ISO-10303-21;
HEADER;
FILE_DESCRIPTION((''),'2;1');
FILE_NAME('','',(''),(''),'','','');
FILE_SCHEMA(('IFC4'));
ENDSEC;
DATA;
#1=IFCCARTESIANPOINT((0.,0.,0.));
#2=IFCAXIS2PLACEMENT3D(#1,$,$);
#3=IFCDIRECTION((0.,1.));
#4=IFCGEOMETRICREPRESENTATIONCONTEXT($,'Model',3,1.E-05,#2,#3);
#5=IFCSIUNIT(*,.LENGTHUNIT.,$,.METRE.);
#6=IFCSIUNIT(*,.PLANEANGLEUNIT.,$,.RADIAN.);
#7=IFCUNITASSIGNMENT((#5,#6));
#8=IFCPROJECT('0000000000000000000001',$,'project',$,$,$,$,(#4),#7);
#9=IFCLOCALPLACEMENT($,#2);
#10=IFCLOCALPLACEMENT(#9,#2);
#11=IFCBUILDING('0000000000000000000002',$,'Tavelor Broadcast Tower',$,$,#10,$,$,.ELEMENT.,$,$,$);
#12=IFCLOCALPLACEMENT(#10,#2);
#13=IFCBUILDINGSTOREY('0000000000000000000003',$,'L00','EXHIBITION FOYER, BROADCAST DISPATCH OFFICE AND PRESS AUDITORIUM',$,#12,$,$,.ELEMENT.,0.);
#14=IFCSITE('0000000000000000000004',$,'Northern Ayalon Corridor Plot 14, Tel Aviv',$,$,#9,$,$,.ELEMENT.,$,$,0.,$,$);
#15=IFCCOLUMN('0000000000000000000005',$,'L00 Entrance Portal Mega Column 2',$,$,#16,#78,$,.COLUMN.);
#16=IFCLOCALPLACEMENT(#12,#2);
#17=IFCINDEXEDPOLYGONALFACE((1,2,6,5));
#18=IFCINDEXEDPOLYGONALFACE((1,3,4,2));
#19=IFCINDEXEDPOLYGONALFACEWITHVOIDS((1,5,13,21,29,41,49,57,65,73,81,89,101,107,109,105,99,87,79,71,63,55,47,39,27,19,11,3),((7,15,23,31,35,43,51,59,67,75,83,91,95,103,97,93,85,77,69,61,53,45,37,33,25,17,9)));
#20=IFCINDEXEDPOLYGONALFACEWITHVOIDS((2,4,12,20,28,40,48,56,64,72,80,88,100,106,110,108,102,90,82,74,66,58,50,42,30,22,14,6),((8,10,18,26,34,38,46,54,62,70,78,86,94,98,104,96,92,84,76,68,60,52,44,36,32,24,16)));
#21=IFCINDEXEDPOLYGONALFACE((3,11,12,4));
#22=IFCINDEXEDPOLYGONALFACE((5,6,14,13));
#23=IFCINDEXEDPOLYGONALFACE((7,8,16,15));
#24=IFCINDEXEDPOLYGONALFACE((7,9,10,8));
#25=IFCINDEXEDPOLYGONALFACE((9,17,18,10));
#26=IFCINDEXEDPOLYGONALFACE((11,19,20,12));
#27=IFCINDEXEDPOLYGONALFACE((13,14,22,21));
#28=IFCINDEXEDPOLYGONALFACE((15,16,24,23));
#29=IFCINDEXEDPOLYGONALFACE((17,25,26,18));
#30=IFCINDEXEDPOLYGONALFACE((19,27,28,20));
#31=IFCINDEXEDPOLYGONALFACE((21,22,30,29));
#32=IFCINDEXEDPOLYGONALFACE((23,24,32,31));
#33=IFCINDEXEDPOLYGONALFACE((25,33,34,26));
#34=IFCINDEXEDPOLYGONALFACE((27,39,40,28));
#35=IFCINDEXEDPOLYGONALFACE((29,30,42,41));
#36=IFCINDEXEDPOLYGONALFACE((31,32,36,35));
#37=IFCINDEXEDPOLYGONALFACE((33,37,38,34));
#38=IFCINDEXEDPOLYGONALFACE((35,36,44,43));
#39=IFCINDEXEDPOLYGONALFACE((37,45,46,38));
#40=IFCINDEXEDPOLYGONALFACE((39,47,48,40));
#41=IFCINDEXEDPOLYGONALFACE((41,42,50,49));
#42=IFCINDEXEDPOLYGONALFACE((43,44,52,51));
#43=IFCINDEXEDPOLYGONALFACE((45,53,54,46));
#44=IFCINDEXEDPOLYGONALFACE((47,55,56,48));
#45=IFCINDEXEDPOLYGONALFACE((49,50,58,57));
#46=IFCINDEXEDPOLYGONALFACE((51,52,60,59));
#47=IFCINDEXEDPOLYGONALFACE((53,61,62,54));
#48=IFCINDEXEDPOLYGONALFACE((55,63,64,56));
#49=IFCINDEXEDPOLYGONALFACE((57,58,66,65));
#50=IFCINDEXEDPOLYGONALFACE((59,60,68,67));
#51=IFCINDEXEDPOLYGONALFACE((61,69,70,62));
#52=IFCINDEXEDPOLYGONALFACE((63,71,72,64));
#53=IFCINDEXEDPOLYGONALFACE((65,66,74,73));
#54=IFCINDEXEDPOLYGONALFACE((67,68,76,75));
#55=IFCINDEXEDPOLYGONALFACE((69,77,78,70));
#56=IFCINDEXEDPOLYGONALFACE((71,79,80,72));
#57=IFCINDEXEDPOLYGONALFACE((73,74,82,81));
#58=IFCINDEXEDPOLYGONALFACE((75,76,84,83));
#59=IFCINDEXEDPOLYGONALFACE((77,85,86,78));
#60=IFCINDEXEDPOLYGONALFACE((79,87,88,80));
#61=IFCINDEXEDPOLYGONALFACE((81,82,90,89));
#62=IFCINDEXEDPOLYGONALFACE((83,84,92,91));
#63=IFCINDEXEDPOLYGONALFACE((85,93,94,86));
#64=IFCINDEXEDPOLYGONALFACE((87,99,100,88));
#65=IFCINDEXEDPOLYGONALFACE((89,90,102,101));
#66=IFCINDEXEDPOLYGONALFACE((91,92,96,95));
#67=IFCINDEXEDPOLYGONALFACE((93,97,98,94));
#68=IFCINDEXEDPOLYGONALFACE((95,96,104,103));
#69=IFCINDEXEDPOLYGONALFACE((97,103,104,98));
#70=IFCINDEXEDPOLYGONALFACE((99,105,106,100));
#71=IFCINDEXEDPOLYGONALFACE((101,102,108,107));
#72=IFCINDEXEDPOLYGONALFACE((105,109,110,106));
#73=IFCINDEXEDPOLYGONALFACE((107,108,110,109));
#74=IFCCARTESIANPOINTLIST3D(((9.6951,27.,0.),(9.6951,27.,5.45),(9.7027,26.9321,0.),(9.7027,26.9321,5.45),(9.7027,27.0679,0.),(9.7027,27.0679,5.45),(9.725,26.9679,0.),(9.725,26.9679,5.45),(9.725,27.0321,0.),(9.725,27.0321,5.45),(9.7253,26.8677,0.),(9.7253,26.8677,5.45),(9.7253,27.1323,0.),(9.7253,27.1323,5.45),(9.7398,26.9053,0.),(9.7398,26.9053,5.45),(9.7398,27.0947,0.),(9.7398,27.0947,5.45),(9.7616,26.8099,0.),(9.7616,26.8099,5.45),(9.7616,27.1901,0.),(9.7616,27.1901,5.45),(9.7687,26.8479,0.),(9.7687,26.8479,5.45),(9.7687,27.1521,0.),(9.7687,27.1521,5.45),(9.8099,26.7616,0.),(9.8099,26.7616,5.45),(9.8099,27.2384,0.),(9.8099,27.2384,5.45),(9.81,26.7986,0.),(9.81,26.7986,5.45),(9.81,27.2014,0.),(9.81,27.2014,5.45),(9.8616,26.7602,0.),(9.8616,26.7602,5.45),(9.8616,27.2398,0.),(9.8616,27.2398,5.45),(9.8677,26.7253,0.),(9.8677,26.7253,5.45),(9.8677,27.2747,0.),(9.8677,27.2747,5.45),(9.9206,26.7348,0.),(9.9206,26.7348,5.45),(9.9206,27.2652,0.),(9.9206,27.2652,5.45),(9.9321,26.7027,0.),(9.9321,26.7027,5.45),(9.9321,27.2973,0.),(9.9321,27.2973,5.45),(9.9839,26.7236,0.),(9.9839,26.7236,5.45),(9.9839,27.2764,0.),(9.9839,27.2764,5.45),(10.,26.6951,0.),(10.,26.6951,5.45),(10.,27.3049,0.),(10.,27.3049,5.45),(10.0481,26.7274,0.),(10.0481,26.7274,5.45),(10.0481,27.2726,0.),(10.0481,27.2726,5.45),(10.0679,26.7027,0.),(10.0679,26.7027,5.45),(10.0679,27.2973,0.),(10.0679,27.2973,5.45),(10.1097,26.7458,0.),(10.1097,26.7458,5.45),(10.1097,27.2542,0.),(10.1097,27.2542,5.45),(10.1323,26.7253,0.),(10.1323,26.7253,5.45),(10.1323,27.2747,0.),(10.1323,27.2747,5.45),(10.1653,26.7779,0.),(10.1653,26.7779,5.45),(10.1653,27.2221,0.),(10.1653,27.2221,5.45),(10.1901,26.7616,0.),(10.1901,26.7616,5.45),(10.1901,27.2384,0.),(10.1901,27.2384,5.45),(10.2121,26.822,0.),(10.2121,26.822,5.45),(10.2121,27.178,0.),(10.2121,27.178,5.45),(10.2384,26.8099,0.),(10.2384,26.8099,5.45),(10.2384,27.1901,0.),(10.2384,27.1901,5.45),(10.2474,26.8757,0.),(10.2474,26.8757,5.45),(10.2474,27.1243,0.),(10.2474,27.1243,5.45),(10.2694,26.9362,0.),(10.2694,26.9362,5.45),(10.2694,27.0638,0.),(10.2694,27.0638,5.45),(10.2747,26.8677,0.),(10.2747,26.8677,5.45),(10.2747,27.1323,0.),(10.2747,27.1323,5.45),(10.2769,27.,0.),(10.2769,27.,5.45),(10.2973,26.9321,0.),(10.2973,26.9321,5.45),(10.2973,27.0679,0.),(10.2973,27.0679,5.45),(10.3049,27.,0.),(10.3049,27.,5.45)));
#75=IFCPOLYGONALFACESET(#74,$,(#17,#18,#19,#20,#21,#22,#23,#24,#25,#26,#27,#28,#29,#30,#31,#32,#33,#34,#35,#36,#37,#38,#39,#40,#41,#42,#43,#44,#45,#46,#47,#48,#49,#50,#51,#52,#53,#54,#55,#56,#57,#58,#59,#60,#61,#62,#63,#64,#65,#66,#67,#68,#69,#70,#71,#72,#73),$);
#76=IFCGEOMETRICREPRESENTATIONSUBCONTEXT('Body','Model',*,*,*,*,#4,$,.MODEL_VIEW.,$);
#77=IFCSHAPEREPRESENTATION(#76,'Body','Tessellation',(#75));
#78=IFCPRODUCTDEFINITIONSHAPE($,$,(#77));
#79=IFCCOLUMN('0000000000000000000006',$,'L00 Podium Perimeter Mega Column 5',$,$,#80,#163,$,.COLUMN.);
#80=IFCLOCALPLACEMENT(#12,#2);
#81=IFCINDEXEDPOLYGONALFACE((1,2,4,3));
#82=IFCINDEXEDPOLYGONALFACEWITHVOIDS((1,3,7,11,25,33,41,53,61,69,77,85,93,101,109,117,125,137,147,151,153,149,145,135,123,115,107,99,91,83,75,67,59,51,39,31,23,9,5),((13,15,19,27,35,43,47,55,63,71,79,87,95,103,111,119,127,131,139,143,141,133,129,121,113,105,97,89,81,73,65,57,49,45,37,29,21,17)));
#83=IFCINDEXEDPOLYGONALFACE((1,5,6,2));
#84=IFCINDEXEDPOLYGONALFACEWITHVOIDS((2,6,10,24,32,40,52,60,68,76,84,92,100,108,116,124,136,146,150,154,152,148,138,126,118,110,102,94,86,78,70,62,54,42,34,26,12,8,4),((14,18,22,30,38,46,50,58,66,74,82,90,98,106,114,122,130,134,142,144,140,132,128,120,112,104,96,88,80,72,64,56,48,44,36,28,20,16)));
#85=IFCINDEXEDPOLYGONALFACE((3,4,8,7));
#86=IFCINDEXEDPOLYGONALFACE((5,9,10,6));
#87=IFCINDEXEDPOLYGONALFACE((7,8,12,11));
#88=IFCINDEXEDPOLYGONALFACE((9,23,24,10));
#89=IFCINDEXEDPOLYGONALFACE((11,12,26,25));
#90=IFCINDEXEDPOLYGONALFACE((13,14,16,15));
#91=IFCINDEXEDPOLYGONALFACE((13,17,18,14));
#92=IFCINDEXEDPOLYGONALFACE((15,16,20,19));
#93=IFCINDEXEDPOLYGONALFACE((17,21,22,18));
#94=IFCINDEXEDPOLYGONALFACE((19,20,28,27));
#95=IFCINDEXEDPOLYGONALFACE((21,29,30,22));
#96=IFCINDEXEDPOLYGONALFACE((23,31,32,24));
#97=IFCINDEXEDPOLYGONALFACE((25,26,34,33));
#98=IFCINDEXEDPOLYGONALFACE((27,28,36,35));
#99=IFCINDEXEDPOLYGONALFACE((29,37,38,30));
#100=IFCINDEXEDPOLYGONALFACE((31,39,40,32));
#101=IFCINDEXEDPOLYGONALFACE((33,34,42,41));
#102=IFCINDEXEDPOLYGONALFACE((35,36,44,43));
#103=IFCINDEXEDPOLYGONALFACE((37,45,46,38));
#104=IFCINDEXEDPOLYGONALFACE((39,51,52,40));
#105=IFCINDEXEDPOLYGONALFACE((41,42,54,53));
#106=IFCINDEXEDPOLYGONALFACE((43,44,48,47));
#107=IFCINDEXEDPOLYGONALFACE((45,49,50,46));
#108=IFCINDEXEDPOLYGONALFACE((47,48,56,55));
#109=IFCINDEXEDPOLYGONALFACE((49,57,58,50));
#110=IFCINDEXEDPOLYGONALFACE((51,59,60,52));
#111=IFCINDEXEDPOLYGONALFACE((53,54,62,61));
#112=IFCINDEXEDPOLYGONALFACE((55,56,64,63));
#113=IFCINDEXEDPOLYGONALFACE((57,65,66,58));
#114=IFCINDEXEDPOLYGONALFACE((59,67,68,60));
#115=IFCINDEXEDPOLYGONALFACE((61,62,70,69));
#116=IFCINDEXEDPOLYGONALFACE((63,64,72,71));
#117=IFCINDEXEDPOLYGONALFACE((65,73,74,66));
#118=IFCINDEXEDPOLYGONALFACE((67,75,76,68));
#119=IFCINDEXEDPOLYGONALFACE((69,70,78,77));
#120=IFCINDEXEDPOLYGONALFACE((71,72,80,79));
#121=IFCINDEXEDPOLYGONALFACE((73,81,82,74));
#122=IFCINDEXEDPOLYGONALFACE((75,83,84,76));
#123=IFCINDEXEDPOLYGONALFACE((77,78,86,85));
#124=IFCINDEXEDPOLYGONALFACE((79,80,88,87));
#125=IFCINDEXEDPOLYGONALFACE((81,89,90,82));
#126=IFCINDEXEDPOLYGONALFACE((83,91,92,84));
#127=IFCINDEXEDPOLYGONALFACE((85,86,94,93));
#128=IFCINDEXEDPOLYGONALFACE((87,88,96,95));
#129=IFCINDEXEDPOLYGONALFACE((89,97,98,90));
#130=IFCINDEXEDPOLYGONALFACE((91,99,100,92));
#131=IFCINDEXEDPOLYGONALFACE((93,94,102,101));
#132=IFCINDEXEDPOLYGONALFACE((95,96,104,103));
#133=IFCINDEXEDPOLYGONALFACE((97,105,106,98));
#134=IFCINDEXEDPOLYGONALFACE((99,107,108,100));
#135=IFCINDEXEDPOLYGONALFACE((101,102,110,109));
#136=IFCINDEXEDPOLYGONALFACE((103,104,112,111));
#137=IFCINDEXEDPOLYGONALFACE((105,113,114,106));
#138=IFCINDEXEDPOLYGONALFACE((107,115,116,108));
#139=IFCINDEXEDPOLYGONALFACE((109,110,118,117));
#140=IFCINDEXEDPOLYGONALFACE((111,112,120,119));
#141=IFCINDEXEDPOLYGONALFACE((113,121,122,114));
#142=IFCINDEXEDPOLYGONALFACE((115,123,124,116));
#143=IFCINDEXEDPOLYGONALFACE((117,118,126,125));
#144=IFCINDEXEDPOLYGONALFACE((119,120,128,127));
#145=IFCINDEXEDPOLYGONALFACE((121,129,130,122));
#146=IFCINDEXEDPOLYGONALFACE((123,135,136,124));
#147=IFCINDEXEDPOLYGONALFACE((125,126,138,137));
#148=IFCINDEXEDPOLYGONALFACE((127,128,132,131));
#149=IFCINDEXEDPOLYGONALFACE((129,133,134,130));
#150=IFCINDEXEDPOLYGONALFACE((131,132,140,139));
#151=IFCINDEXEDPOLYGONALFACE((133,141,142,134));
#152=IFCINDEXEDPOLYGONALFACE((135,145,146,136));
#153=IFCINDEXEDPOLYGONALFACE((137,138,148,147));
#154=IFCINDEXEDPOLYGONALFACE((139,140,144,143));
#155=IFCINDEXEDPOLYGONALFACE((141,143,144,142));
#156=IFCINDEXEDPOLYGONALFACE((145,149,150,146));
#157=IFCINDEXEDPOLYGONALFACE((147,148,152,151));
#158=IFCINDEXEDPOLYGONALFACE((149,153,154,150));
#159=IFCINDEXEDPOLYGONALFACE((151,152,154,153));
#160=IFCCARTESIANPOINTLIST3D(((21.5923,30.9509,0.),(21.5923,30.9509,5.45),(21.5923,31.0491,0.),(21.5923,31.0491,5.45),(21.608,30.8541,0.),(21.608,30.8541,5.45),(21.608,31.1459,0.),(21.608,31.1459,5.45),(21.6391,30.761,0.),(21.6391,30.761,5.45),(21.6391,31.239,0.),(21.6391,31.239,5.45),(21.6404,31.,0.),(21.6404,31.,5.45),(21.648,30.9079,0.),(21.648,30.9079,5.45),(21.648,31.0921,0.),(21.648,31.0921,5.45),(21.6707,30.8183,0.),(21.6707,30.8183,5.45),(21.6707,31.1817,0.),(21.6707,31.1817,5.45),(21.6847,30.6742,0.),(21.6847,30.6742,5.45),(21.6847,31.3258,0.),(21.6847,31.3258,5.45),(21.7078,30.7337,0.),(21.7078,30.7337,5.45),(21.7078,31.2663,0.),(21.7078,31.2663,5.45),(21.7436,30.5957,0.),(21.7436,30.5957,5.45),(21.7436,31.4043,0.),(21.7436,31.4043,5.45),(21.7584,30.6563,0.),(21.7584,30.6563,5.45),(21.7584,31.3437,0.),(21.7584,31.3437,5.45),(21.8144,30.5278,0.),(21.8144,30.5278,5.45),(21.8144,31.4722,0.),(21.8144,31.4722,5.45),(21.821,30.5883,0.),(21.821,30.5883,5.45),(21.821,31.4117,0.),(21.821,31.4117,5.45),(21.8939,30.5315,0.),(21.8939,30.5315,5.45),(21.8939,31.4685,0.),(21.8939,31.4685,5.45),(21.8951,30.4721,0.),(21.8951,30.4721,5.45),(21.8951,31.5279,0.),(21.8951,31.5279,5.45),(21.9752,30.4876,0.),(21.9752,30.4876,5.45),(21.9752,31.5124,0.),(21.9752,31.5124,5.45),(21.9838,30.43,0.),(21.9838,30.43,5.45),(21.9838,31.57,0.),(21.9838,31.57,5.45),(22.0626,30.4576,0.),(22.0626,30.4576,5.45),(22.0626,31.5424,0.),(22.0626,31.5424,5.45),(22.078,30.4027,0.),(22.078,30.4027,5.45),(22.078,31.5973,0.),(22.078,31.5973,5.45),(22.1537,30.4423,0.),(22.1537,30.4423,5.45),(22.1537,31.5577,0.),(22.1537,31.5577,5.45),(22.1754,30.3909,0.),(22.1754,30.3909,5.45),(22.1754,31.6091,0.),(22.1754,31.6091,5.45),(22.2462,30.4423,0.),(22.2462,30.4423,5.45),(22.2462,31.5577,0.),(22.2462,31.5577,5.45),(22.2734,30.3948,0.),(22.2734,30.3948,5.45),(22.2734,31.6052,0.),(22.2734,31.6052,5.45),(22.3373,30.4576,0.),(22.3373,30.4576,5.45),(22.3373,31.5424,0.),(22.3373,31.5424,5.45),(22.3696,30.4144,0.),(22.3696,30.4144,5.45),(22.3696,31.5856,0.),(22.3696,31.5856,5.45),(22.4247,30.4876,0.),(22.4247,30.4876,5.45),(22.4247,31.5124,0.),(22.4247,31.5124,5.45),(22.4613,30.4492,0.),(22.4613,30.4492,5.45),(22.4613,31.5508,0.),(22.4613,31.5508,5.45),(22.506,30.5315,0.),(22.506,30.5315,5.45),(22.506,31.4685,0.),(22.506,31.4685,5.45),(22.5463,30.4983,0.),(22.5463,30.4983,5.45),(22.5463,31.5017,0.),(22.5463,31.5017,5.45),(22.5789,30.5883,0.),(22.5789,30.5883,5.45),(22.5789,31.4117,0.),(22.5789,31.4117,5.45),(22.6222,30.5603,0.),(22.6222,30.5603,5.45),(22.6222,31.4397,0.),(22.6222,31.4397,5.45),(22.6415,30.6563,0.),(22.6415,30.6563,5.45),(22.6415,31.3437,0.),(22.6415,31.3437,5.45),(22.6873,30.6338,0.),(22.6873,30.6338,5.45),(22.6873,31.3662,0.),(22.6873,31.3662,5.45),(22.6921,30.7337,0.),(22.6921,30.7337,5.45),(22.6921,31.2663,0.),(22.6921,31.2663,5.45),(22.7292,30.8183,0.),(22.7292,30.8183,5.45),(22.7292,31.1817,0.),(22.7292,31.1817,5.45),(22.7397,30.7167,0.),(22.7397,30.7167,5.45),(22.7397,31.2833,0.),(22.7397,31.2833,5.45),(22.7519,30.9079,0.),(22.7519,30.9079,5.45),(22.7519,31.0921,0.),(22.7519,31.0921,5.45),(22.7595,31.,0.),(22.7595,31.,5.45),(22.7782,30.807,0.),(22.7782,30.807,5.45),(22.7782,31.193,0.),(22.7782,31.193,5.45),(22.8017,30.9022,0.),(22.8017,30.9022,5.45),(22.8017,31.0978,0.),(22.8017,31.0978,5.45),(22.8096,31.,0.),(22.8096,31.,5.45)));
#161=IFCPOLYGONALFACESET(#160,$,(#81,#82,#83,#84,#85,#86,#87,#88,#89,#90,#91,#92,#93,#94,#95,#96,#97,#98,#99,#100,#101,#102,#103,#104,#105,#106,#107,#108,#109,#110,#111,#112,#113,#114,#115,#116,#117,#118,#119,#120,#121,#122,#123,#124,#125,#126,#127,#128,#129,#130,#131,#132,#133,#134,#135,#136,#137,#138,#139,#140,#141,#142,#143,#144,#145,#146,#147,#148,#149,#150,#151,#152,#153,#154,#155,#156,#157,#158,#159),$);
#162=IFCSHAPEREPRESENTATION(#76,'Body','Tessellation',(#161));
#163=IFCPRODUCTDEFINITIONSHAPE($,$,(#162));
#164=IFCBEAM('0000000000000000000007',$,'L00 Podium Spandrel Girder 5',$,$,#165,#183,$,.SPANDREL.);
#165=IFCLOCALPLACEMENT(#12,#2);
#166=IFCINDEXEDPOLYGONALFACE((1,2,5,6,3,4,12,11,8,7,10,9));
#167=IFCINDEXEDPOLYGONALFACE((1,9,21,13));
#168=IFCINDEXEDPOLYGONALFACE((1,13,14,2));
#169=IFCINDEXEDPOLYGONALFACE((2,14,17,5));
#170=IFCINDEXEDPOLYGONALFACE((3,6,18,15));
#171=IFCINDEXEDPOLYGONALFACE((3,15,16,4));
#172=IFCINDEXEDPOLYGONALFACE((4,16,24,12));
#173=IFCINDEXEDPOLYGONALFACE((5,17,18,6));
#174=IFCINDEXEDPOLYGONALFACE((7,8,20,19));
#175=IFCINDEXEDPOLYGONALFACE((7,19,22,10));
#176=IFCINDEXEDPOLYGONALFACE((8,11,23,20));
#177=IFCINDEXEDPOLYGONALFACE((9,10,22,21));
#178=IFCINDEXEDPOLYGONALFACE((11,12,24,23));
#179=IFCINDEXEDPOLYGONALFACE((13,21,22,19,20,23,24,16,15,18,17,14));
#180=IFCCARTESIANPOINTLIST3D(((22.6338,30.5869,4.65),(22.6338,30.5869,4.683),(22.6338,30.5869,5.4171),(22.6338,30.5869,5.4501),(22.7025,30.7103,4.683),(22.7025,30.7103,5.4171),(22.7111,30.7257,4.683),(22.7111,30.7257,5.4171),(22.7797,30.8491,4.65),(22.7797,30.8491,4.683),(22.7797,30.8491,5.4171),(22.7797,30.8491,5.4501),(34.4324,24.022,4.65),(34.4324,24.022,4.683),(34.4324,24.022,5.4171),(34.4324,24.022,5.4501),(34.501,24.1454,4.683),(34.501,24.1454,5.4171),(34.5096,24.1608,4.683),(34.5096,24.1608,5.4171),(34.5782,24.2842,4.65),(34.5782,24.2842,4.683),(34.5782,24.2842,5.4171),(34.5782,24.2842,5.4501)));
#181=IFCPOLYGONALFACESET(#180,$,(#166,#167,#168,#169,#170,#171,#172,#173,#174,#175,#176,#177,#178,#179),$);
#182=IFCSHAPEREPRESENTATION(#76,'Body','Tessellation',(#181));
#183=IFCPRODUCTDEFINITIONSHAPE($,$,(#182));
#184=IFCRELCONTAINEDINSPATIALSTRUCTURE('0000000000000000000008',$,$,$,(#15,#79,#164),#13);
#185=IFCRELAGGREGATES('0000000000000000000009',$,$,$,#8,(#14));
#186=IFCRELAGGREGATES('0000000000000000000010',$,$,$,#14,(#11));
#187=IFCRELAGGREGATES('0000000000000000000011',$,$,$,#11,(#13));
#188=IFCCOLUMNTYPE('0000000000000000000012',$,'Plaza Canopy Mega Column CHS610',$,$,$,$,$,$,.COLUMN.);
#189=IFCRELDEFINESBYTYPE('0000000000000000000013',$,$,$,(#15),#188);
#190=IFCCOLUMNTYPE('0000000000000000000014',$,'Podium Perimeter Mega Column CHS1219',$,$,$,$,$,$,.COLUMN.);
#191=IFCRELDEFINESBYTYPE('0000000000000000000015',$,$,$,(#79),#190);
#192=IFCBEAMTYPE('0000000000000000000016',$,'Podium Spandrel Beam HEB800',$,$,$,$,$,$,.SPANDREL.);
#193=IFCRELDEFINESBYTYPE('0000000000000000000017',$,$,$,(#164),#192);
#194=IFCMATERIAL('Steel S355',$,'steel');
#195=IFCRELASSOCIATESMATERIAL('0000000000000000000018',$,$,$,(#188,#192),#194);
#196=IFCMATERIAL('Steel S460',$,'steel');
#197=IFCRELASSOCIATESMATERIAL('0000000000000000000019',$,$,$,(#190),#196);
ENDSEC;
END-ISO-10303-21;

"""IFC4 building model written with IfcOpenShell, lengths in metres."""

from ifc_helpers import new_model, si_unit, direction, frame, origin, origin_2d, place, context, subcontext, project, spatial, hollow_circle, i_section, extrude, material, material_profile, profile_set, type_object, element, save


model = new_model("IFC4")

# Units and contexts
model_context = context("Model", 3, precision=1e-05, world=origin(), true_north=direction((0.0, 1.0)))
body_context = subcontext(model_context, "Body", "Model", "MODEL_VIEW")
ifc_project = project(units=[si_unit("LENGTHUNIT", "METRE"), si_unit("PLANEANGLEUNIT", "RADIAN")], contexts=[model_context])

# Site, building, storey
site_placement = place(None, origin())
site = spatial("IfcSite", under=ifc_project, at=site_placement, Name="Northern Ayalon Corridor Plot 14, Tel Aviv", CompositionType="ELEMENT", RefElevation=0.0)
building_placement = place(site_placement, origin())
building = spatial("IfcBuilding", under=site, at=building_placement, Name="Tavelor Broadcast Tower", CompositionType="ELEMENT")
storey_placement = place(building_placement, origin())
storey = spatial("IfcBuildingStorey", under=building, at=storey_placement, Name="L00", Description="EXHIBITION FOYER, BROADCAST DISPATCH OFFICE AND PRESS AUDITORIUM", CompositionType="ELEMENT", Elevation=0.0)

# Columns
ifc_material_1 = material(Name="Steel S355", Category="steel")
ifc_material_profile_1 = material_profile(ifc_material_1, hollow_circle(Radius=0.3049, WallThickness=0.0281, at=origin_2d()), Name="CHS 610x28")
ifc_profile_set_1 = profile_set([ifc_material_profile_1], Name="Steel S355")
column_type_1 = type_object("IfcColumnType", Name="Plaza Canopy Mega Column CHS610", PredefinedType="COLUMN", material=ifc_profile_set_1)
column_1_placement = place(storey_placement, frame((10.0, 27.0, 0.0), z_axis=(0.0, 0.0, 1.0), x_axis=(1.0, 0.0, 0.0)))
element("IfcColumn", 1, at=column_1_placement, inside=storey, type_object=column_type_1, Name="L00 Entrance Portal Mega Column 2", PredefinedType="COLUMN", context=body_context, shape_type="SweptSolid", body=[
    extrude(hollow_circle(Radius=0.3049, WallThickness=0.0281, at=origin_2d()), origin(), (0.0, 0.0, 1.0), 5.45),
])
ifc_material_2 = material(Name="Steel S460", Category="steel")
ifc_material_profile_2 = material_profile(ifc_material_2, hollow_circle(Radius=0.6096, WallThickness=0.05, at=origin_2d()), Name="CHS 1219x50")
ifc_profile_set_2 = profile_set([ifc_material_profile_2], Name="Steel S460")
column_type_2 = type_object("IfcColumnType", Name="Podium Perimeter Mega Column CHS1219", PredefinedType="COLUMN", material=ifc_profile_set_2)
column_2_placement = place(storey_placement, frame((22.2, 31.0, 0.0), z_axis=(0.0, 0.0, 1.0), x_axis=(1.0, 0.0, 0.0)))
element("IfcColumn", 2, at=column_2_placement, inside=storey, type_object=column_type_2, Name="L00 Podium Perimeter Mega Column 5", PredefinedType="COLUMN", context=body_context, shape_type="SweptSolid", body=[
    extrude(hollow_circle(Radius=0.6096, WallThickness=0.05, at=origin_2d()), origin(), (0.0, 0.0, 1.0), 5.45),
])

# Beam
ifc_material_profile_3 = material_profile(ifc_material_1, i_section(OverallWidth=0.3, OverallDepth=0.8, WebThickness=0.0176, FlangeThickness=0.033, at=origin_2d()), Name="HEB 800")
ifc_profile_set_3 = profile_set([ifc_material_profile_3], Name="Steel S355")
beam_type_1 = type_object("IfcBeamType", Name="Podium Spandrel Beam HEB800", PredefinedType="SPANDREL", material=ifc_profile_set_3)
beam_1_placement = place(storey_placement, frame((22.7068, 30.718, 5.05), z_axis=(0.873837, -0.486219, 0.0), x_axis=(0.486219, 0.873837, 0.0)))
element("IfcBeam", 3, at=beam_1_placement, inside=storey, type_object=beam_type_1, Name="L00 Podium Spandrel Girder 5", PredefinedType="SPANDREL", context=body_context, shape_type="SweptSolid", body=[
    extrude(i_section(OverallWidth=0.3, OverallDepth=0.8, WebThickness=0.0176, FlangeThickness=0.033, at=origin_2d()), origin(), (0.0, 0.0, 1.0), 13.502),
])

save(model, "model.ifc")
